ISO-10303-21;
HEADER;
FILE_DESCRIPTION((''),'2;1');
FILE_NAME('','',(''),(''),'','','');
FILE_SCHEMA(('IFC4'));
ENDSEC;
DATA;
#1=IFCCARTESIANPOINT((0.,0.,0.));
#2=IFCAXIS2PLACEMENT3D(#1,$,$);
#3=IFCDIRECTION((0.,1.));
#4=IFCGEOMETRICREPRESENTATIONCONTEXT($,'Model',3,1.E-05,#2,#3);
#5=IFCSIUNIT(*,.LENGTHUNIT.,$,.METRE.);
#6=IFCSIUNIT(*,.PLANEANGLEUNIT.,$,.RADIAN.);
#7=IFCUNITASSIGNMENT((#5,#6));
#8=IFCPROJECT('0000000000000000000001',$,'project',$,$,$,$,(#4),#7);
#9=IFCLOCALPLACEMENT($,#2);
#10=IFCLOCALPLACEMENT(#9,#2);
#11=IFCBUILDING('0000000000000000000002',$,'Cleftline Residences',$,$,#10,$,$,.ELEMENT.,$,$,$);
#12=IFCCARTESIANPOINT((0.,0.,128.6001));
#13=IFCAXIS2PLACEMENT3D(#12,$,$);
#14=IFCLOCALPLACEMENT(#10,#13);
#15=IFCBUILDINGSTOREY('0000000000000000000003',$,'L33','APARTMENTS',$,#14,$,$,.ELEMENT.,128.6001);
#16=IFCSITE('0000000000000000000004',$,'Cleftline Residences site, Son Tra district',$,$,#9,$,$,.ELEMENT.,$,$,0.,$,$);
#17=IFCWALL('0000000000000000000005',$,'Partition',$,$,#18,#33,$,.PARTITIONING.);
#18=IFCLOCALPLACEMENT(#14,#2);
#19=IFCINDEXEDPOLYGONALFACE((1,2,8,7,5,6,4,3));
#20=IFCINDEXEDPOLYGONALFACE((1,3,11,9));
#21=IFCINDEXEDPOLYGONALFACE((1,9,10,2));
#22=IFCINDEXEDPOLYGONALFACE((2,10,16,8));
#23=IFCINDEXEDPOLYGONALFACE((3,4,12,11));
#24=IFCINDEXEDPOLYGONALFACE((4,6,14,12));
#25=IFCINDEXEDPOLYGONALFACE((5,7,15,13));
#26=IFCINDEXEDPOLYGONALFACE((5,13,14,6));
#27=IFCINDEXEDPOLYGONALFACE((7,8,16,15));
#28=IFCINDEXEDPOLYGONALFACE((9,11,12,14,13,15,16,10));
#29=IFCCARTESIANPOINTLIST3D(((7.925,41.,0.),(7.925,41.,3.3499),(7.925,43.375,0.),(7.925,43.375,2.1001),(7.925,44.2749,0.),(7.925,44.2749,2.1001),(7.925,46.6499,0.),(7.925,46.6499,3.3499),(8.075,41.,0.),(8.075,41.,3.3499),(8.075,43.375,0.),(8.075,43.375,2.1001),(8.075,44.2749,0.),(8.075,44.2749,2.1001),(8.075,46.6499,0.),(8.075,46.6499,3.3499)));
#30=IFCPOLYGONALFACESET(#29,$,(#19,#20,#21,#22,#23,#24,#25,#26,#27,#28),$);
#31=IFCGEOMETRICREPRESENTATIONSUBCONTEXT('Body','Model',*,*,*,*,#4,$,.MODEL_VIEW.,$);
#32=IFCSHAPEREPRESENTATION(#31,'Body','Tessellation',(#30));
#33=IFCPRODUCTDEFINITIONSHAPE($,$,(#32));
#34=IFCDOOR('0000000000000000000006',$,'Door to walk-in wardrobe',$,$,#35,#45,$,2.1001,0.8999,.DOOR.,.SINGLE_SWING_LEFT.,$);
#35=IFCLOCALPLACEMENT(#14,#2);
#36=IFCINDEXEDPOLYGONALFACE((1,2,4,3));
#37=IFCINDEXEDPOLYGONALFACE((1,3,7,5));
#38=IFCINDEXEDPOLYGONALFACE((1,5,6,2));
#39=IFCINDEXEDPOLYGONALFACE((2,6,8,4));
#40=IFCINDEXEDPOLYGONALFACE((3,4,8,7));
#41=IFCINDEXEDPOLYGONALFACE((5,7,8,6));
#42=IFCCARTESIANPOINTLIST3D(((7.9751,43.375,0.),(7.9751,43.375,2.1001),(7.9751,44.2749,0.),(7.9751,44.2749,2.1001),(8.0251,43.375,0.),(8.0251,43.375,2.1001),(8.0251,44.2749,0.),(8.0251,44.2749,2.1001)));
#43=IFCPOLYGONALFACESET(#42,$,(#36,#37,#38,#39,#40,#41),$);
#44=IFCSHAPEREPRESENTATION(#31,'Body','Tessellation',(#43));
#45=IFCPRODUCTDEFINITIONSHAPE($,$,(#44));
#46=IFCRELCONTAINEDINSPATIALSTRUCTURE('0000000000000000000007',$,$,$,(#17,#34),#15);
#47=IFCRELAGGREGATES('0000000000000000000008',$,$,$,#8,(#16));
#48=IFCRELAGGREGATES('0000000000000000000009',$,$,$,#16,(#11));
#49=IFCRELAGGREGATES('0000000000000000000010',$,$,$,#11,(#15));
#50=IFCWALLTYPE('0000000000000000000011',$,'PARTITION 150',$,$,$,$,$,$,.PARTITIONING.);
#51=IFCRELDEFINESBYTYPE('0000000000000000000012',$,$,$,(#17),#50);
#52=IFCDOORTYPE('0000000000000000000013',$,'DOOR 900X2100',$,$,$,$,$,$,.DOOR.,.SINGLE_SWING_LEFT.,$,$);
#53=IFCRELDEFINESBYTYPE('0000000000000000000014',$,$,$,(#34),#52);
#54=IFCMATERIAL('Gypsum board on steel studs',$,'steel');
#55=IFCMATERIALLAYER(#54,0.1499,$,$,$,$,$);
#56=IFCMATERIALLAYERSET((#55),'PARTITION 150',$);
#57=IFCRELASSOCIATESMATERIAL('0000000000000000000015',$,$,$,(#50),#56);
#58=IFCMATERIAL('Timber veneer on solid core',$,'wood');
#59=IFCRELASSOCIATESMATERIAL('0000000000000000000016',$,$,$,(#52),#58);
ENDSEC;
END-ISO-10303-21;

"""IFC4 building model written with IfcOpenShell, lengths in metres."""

from ifc_helpers import new_model, si_unit, direction, frame, frame_2d, origin, place, context, subcontext, project, spatial, rectangle, extrude, material, layer, layer_set, type_object, element, fill, save


model = new_model("IFC4")

# Units and contexts
model_context = context("Model", 3, precision=1e-05, world=origin(), true_north=direction((0.0, 1.0)))
body_context = subcontext(model_context, "Body", "Model", "MODEL_VIEW")
ifc_project = project(units=[si_unit("LENGTHUNIT", "METRE"), si_unit("PLANEANGLEUNIT", "RADIAN")], contexts=[model_context])

# Site, building, storey
site_placement = place(None, origin())
site = spatial("IfcSite", under=ifc_project, at=site_placement, Name="Cleftline Residences site, Son Tra district", CompositionType="ELEMENT", RefElevation=0.0)
building_placement = place(site_placement, origin())
building = spatial("IfcBuilding", under=site, at=building_placement, Name="Cleftline Residences", CompositionType="ELEMENT")
storey_placement = place(building_placement, frame((0.0, 0.0, 128.6001)))
storey = spatial("IfcBuildingStorey", under=building, at=storey_placement, Name="L33", Description="APARTMENTS", CompositionType="ELEMENT", Elevation=128.6001)

# Wall, opening, door
ifc_material_1 = material(Name="Gypsum board on steel studs", Category="steel")
ifc_layer_1 = layer(ifc_material_1, 0.1499)
ifc_layer_set_1 = layer_set([ifc_layer_1], Name="PARTITION 150")
wall_type_1 = type_object("IfcWallType", Name="PARTITION 150", PredefinedType="PARTITIONING", material=ifc_layer_set_1)
wall_1_placement = place(storey_placement, frame((8.0, 41.0, 0.0), z_axis=(0.0, 0.0, 1.0), x_axis=(0.0, 1.0, 0.0)))
wall_1 = element("IfcWall", 1, at=wall_1_placement, inside=storey, type_object=wall_type_1, Name="Partition", PredefinedType="PARTITIONING", context=body_context, shape_type="SweptSolid", body=[
    extrude(rectangle(XDim=5.6499, YDim=0.1499, at=frame_2d((2.825, 0.0))), origin(), (0.0, 0.0, 1.0), 3.3499),
])
opening_1_placement = place(wall_1_placement, frame((2.375, 0.0, 0.0)))
opening_1 = element("IfcOpeningElement", 2, at=opening_1_placement, cuts=wall_1, PredefinedType="OPENING", context=body_context, shape_type="SweptSolid", body=[
    extrude(rectangle(XDim=0.8999, YDim=2.1001, at=frame_2d((0.45, 1.05))), frame((0.0, 0.085, 0.0), z_axis=(0.0, -1.0, 0.0), x_axis=(1.0, 0.0, 0.0)), (0.0, 0.0, 1.0), 0.1699),
])
ifc_material_2 = material(Name="Timber veneer on solid core", Category="wood")
door_type = type_object("IfcDoorType", Name="DOOR 900X2100", OperationType="SINGLE_SWING_LEFT", PredefinedType="DOOR", material=ifc_material_2)
door_placement = place(opening_1_placement, origin())
door = element("IfcDoor", 3, at=door_placement, inside=storey, type_object=door_type, Name="Door to walk-in wardrobe", OperationType="SINGLE_SWING_LEFT", OverallHeight=2.1001, OverallWidth=0.8999, PredefinedType="DOOR", context=body_context, shape_type="SweptSolid", body=[
    extrude(rectangle(XDim=0.8999, YDim=2.1001, at=frame_2d((0.45, 1.05))), frame((0.0, 0.0249, 0.0), z_axis=(0.0, -1.0, 0.0), x_axis=(1.0, 0.0, 0.0)), (0.0, 0.0, 1.0), 0.05),
])
fill(opening_1, door)

save(model, "model.ifc")
